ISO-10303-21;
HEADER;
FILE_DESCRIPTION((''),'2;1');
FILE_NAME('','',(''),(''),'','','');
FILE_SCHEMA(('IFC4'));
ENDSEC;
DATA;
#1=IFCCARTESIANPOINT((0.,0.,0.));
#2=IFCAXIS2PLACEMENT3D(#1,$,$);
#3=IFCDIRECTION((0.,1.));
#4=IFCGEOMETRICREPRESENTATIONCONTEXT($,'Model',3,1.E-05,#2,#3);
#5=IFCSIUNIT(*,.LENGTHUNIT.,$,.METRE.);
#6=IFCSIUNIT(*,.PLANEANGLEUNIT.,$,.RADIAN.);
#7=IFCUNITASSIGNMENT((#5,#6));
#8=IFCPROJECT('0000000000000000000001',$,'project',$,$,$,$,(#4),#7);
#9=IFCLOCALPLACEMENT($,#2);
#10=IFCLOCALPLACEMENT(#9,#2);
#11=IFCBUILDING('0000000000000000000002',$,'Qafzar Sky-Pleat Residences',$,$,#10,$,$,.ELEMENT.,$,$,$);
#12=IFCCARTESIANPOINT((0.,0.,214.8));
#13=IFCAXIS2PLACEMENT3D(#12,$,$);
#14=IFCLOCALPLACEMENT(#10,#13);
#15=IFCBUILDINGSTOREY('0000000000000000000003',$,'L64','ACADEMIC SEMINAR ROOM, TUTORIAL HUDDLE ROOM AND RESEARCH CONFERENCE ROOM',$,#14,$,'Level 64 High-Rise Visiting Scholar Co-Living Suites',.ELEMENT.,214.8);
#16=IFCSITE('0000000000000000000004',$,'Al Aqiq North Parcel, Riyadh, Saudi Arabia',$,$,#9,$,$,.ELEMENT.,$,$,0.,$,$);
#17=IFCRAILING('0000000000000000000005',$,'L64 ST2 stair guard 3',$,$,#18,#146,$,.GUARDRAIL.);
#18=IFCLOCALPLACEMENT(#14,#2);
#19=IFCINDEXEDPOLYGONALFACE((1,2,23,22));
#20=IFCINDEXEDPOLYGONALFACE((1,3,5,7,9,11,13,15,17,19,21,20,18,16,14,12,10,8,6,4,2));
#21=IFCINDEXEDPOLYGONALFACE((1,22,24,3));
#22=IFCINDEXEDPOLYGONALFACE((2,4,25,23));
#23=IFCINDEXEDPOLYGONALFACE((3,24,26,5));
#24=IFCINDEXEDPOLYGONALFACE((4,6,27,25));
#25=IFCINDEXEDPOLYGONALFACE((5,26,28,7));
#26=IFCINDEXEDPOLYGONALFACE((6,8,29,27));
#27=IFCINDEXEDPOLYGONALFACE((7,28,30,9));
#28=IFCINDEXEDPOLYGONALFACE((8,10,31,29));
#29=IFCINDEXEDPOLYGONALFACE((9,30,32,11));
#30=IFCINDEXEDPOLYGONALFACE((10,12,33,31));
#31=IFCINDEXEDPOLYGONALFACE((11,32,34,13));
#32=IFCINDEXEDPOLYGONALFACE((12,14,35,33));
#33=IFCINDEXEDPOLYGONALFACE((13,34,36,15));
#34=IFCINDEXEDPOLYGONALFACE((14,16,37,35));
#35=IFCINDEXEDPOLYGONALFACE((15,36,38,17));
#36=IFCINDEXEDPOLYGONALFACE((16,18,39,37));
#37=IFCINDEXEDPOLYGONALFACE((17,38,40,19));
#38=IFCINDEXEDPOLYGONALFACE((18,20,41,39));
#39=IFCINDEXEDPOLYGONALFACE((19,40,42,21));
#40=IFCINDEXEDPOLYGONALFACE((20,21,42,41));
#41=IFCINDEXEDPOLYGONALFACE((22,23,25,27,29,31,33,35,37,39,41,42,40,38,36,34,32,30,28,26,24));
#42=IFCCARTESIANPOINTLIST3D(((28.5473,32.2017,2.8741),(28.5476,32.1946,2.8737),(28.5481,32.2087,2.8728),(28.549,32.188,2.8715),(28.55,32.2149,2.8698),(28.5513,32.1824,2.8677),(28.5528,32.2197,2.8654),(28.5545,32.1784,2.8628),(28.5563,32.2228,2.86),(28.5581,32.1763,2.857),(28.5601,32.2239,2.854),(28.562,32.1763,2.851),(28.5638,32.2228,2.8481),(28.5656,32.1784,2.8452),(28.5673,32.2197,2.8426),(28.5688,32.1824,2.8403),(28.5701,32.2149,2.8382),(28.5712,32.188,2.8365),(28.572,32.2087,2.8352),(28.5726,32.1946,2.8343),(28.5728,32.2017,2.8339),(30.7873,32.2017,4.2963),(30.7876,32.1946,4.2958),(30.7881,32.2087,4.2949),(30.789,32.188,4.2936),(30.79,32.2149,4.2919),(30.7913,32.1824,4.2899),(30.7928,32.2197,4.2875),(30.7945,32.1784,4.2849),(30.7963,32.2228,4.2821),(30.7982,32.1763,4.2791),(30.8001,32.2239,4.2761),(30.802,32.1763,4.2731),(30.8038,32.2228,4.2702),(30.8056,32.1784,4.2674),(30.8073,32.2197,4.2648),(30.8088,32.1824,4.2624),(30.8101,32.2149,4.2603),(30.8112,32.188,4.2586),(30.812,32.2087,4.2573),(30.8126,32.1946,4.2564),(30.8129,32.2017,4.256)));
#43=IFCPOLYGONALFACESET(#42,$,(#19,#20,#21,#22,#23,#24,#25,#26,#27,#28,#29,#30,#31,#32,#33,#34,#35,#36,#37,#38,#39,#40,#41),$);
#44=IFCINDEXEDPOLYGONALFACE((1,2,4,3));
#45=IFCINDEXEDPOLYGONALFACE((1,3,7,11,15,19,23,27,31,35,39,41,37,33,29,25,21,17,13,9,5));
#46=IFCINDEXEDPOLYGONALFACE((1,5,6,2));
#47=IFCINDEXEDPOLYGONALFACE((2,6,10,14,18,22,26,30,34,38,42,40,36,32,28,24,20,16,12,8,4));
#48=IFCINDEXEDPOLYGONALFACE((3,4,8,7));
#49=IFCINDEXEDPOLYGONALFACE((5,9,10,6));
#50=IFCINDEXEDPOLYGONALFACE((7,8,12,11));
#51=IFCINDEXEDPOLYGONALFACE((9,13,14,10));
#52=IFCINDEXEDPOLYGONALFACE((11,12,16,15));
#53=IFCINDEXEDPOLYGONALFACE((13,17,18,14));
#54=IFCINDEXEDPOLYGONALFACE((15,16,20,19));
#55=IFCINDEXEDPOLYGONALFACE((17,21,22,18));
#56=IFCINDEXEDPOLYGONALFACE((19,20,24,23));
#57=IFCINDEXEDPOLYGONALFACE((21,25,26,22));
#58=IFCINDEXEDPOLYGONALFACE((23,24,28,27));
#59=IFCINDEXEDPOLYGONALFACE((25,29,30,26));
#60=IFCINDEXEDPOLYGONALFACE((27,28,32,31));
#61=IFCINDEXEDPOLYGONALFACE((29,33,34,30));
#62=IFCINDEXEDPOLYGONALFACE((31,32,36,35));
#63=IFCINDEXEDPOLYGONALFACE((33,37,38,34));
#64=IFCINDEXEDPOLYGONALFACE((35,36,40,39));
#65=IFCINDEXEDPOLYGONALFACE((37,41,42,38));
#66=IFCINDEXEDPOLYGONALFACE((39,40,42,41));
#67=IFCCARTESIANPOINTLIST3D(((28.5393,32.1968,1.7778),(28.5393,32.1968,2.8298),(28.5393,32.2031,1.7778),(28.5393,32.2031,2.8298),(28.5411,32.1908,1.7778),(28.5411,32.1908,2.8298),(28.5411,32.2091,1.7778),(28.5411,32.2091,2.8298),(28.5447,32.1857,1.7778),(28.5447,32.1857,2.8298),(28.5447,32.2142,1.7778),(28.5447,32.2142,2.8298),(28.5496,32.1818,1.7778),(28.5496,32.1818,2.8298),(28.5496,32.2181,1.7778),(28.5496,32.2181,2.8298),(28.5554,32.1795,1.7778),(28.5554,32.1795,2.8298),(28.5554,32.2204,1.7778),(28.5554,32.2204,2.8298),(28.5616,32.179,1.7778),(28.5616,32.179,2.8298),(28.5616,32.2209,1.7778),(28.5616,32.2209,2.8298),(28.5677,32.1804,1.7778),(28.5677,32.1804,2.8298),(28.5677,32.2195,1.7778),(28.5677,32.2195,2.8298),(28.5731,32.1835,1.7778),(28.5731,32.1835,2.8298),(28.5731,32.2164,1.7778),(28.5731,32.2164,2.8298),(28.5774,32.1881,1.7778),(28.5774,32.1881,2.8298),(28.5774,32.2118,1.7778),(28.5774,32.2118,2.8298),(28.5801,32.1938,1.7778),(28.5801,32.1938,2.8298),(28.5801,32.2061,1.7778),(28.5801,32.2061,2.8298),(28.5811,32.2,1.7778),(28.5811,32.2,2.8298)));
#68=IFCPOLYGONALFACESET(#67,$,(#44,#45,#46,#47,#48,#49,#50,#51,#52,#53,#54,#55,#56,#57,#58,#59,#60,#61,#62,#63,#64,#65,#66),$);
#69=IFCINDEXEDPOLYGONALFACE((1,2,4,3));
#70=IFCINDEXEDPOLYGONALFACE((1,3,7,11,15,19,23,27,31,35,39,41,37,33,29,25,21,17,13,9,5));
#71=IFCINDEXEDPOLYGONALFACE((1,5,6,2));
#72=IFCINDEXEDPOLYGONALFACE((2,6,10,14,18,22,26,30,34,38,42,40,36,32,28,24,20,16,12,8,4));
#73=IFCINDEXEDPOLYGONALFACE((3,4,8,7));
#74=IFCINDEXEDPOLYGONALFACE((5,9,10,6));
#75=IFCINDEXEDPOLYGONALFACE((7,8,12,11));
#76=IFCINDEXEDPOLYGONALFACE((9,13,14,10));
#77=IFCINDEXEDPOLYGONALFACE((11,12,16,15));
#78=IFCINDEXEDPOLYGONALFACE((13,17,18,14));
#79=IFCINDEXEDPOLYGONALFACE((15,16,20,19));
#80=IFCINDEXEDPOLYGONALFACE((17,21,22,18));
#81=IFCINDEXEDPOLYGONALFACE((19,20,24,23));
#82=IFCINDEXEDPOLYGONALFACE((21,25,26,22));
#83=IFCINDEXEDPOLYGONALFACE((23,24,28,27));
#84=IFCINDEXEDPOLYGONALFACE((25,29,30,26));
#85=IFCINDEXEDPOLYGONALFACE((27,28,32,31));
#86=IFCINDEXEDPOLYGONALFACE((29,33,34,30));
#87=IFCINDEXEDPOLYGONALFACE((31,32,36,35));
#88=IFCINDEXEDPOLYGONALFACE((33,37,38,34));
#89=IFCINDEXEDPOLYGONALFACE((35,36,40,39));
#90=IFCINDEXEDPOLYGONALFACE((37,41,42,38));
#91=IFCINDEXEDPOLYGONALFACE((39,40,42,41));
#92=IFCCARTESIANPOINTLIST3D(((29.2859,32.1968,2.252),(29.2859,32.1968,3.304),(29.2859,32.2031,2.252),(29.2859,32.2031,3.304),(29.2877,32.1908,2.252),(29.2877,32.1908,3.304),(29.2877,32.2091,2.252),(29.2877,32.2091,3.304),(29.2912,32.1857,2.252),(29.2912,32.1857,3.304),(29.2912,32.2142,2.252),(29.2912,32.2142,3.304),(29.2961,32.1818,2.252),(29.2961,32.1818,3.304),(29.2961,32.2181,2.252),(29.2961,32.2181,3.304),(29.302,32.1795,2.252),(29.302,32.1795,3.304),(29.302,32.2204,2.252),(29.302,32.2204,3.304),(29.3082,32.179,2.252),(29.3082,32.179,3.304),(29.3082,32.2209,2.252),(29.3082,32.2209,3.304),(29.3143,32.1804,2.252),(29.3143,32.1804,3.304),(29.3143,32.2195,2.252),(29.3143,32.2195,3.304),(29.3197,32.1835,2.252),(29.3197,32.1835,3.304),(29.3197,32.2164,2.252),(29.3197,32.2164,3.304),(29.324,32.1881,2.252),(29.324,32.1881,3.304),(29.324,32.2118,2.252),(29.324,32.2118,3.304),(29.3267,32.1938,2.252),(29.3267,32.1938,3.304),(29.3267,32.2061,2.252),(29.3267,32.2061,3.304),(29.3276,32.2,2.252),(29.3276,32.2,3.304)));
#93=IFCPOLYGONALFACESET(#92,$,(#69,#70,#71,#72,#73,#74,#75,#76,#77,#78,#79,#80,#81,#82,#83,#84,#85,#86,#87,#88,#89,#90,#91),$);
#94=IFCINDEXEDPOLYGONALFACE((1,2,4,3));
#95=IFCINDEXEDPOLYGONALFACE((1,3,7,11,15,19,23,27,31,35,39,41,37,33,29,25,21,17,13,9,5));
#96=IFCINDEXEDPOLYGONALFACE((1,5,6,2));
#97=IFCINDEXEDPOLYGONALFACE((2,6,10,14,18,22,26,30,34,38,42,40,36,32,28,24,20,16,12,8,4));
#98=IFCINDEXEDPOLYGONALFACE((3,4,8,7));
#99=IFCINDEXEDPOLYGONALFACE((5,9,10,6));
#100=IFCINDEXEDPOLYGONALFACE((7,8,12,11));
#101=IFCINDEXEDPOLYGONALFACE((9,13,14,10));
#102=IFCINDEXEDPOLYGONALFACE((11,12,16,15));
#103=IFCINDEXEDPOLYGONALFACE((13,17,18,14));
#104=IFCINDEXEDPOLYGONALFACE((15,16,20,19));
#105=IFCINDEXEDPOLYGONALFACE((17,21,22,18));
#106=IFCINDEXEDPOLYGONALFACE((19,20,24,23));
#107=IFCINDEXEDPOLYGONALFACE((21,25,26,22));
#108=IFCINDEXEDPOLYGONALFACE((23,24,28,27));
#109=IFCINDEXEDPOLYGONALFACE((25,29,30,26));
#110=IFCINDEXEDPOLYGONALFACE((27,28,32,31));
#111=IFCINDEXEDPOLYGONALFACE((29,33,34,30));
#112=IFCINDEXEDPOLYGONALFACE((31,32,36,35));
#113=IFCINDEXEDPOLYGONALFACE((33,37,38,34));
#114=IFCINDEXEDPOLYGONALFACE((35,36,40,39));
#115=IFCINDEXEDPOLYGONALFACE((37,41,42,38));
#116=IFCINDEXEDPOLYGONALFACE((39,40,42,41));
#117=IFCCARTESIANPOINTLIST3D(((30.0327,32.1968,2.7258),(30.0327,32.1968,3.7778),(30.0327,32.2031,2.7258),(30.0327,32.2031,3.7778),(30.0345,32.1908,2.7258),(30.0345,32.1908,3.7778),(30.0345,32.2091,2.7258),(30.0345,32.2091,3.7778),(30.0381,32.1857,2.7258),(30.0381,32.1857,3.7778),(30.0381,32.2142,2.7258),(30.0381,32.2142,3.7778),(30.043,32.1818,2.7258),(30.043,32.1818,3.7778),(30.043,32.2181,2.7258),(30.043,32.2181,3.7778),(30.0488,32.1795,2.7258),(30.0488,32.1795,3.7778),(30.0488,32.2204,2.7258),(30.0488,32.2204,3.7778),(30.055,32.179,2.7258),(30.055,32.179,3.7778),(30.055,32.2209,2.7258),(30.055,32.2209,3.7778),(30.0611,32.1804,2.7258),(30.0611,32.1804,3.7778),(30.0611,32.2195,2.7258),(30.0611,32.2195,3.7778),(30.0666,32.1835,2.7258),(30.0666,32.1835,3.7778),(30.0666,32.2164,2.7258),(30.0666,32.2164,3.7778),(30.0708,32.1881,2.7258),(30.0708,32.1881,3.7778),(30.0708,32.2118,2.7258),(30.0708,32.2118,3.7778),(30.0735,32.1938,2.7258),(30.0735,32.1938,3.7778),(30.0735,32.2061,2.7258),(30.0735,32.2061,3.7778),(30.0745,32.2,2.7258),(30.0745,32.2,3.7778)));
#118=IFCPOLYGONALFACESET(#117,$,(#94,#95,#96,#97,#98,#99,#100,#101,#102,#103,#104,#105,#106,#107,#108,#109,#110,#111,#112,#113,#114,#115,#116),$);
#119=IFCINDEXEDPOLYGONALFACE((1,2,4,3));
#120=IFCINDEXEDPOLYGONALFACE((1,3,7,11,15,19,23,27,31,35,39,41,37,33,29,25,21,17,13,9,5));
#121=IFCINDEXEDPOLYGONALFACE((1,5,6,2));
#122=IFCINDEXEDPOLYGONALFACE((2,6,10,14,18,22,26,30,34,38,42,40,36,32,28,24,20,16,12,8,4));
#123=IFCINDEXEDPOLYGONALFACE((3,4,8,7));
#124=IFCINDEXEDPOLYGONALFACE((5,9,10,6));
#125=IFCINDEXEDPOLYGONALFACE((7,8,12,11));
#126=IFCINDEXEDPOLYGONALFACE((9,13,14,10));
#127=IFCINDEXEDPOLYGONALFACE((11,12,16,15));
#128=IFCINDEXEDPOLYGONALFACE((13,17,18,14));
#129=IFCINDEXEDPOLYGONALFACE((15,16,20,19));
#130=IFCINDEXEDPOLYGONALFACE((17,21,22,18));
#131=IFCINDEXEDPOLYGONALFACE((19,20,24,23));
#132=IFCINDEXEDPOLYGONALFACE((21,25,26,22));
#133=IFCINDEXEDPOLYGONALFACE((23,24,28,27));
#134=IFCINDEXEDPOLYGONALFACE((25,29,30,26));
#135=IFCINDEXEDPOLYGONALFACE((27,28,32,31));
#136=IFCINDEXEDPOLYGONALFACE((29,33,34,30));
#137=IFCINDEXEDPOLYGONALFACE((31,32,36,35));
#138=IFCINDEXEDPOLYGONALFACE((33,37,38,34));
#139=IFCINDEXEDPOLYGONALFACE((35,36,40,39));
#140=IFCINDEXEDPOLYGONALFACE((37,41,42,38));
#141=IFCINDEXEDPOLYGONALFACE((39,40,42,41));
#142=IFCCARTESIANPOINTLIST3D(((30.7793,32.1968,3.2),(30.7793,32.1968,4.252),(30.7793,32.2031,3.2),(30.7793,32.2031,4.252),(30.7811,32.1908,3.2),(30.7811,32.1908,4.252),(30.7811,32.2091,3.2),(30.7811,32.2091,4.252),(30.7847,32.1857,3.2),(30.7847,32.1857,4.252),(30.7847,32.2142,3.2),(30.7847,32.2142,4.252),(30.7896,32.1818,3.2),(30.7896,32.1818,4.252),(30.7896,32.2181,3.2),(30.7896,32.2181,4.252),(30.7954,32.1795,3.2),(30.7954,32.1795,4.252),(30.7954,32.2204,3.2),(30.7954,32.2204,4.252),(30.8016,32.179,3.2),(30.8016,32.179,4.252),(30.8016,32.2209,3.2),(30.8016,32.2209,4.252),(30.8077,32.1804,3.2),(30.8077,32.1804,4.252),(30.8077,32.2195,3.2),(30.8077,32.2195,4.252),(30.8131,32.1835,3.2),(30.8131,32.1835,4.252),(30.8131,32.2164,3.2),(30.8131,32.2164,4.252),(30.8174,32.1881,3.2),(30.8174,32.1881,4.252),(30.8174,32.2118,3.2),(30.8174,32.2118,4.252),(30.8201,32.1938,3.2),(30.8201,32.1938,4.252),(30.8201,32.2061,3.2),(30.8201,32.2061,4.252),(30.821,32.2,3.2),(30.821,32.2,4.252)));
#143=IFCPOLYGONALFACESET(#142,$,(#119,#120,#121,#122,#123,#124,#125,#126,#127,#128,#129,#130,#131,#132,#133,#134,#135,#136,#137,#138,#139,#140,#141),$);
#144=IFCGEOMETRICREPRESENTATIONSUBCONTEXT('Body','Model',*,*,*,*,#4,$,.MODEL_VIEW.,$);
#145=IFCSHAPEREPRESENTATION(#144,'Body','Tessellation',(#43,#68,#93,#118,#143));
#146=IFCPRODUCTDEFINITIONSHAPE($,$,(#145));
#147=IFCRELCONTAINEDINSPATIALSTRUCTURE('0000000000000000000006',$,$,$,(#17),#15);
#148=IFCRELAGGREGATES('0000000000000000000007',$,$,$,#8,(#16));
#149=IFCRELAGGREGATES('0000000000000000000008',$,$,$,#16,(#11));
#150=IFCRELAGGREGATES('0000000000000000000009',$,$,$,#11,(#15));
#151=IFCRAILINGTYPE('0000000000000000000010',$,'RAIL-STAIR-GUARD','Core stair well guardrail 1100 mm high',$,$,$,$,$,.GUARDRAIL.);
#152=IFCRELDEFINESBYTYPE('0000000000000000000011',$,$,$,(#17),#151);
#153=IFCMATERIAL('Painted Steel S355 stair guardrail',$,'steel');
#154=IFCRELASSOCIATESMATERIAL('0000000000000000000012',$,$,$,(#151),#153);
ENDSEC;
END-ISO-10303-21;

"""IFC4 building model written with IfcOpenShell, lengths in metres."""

from ifc_helpers import new_model, si_unit, direction, frame, origin, origin_2d, place, context, subcontext, project, spatial, circle, extrude, source, transform, mapped, material, type_object, element, save


model = new_model("IFC4")

# Units and contexts
model_context = context("Model", 3, precision=1e-05, world=origin(), true_north=direction((0.0, 1.0)))
body_context = subcontext(model_context, "Body", "Model", "MODEL_VIEW")
ifc_project = project(units=[si_unit("LENGTHUNIT", "METRE"), si_unit("PLANEANGLEUNIT", "RADIAN")], contexts=[model_context])

# Site, building, storey
site_placement = place(None, origin())
site = spatial("IfcSite", under=ifc_project, at=site_placement, Name="Al Aqiq North Parcel, Riyadh, Saudi Arabia", CompositionType="ELEMENT", RefElevation=0.0)
building_placement = place(site_placement, origin())
building = spatial("IfcBuilding", under=site, at=building_placement, Name="Qafzar Sky-Pleat Residences", CompositionType="ELEMENT")
storey_placement = place(building_placement, frame((0.0, 0.0, 214.8)))
storey = spatial("IfcBuildingStorey", under=building, at=storey_placement, Name="L64", Description="ACADEMIC SEMINAR ROOM, TUTORIAL HUDDLE ROOM AND RESEARCH CONFERENCE ROOM", LongName="Level 64 High-Rise Visiting Scholar Co-Living Suites", CompositionType="ELEMENT", Elevation=214.8)

# Railing
ifc_material_1 = material(Name="Painted Steel S355 stair guardrail", Category="steel")
railing_type_1 = type_object("IfcRailingType", Name="RAIL-STAIR-GUARD", Description="Core stair well guardrail 1100 mm high", PredefinedType="GUARDRAIL", material=ifc_material_1)
shared_shape_1 = source(origin(), body_context, "Body", "SweptSolid", [
    extrude(circle(Radius=0.0239, at=origin_2d()), frame((0.0, 0.0, 1.0762), z_axis=(0.844229, 0.0, 0.535982), x_axis=(0.0, 1.0, 0.0)), (0.0, 0.0, 1.0), 2.6533),
    extrude(circle(Radius=0.021, at=origin_2d()), origin(), (0.0, 0.0, 1.0), 1.052),
    extrude(circle(Radius=0.021, at=origin_2d()), frame((0.7466, 0.0, 0.4741)), (0.0, 0.0, 1.0), 1.052),
    extrude(circle(Radius=0.021, at=origin_2d()), frame((1.4934, 0.0, 0.948)), (0.0, 0.0, 1.0), 1.052),
    extrude(circle(Radius=0.021, at=origin_2d()), frame((2.24, 0.0, 1.4221)), (0.0, 0.0, 1.0), 1.052),
])
railing_1_placement = place(storey_placement, frame((28.5601, 32.2, 1.7778)))
element("IfcRailing", 1, at=railing_1_placement, inside=storey, type_object=railing_type_1, Name="L64 ST2 stair guard 3", PredefinedType="GUARDRAIL", context=body_context, shape_type="MappedRepresentation", body=[
    mapped(shared_shape_1, transform((0.0, 0.0, 0.0), x_axis=(1.0, 0.0, 0.0), y_axis=(0.0, 1.0, 0.0), z_axis=(0.0, 0.0, 1.0), scale=1.0)),
])

save(model, "model.ifc")
